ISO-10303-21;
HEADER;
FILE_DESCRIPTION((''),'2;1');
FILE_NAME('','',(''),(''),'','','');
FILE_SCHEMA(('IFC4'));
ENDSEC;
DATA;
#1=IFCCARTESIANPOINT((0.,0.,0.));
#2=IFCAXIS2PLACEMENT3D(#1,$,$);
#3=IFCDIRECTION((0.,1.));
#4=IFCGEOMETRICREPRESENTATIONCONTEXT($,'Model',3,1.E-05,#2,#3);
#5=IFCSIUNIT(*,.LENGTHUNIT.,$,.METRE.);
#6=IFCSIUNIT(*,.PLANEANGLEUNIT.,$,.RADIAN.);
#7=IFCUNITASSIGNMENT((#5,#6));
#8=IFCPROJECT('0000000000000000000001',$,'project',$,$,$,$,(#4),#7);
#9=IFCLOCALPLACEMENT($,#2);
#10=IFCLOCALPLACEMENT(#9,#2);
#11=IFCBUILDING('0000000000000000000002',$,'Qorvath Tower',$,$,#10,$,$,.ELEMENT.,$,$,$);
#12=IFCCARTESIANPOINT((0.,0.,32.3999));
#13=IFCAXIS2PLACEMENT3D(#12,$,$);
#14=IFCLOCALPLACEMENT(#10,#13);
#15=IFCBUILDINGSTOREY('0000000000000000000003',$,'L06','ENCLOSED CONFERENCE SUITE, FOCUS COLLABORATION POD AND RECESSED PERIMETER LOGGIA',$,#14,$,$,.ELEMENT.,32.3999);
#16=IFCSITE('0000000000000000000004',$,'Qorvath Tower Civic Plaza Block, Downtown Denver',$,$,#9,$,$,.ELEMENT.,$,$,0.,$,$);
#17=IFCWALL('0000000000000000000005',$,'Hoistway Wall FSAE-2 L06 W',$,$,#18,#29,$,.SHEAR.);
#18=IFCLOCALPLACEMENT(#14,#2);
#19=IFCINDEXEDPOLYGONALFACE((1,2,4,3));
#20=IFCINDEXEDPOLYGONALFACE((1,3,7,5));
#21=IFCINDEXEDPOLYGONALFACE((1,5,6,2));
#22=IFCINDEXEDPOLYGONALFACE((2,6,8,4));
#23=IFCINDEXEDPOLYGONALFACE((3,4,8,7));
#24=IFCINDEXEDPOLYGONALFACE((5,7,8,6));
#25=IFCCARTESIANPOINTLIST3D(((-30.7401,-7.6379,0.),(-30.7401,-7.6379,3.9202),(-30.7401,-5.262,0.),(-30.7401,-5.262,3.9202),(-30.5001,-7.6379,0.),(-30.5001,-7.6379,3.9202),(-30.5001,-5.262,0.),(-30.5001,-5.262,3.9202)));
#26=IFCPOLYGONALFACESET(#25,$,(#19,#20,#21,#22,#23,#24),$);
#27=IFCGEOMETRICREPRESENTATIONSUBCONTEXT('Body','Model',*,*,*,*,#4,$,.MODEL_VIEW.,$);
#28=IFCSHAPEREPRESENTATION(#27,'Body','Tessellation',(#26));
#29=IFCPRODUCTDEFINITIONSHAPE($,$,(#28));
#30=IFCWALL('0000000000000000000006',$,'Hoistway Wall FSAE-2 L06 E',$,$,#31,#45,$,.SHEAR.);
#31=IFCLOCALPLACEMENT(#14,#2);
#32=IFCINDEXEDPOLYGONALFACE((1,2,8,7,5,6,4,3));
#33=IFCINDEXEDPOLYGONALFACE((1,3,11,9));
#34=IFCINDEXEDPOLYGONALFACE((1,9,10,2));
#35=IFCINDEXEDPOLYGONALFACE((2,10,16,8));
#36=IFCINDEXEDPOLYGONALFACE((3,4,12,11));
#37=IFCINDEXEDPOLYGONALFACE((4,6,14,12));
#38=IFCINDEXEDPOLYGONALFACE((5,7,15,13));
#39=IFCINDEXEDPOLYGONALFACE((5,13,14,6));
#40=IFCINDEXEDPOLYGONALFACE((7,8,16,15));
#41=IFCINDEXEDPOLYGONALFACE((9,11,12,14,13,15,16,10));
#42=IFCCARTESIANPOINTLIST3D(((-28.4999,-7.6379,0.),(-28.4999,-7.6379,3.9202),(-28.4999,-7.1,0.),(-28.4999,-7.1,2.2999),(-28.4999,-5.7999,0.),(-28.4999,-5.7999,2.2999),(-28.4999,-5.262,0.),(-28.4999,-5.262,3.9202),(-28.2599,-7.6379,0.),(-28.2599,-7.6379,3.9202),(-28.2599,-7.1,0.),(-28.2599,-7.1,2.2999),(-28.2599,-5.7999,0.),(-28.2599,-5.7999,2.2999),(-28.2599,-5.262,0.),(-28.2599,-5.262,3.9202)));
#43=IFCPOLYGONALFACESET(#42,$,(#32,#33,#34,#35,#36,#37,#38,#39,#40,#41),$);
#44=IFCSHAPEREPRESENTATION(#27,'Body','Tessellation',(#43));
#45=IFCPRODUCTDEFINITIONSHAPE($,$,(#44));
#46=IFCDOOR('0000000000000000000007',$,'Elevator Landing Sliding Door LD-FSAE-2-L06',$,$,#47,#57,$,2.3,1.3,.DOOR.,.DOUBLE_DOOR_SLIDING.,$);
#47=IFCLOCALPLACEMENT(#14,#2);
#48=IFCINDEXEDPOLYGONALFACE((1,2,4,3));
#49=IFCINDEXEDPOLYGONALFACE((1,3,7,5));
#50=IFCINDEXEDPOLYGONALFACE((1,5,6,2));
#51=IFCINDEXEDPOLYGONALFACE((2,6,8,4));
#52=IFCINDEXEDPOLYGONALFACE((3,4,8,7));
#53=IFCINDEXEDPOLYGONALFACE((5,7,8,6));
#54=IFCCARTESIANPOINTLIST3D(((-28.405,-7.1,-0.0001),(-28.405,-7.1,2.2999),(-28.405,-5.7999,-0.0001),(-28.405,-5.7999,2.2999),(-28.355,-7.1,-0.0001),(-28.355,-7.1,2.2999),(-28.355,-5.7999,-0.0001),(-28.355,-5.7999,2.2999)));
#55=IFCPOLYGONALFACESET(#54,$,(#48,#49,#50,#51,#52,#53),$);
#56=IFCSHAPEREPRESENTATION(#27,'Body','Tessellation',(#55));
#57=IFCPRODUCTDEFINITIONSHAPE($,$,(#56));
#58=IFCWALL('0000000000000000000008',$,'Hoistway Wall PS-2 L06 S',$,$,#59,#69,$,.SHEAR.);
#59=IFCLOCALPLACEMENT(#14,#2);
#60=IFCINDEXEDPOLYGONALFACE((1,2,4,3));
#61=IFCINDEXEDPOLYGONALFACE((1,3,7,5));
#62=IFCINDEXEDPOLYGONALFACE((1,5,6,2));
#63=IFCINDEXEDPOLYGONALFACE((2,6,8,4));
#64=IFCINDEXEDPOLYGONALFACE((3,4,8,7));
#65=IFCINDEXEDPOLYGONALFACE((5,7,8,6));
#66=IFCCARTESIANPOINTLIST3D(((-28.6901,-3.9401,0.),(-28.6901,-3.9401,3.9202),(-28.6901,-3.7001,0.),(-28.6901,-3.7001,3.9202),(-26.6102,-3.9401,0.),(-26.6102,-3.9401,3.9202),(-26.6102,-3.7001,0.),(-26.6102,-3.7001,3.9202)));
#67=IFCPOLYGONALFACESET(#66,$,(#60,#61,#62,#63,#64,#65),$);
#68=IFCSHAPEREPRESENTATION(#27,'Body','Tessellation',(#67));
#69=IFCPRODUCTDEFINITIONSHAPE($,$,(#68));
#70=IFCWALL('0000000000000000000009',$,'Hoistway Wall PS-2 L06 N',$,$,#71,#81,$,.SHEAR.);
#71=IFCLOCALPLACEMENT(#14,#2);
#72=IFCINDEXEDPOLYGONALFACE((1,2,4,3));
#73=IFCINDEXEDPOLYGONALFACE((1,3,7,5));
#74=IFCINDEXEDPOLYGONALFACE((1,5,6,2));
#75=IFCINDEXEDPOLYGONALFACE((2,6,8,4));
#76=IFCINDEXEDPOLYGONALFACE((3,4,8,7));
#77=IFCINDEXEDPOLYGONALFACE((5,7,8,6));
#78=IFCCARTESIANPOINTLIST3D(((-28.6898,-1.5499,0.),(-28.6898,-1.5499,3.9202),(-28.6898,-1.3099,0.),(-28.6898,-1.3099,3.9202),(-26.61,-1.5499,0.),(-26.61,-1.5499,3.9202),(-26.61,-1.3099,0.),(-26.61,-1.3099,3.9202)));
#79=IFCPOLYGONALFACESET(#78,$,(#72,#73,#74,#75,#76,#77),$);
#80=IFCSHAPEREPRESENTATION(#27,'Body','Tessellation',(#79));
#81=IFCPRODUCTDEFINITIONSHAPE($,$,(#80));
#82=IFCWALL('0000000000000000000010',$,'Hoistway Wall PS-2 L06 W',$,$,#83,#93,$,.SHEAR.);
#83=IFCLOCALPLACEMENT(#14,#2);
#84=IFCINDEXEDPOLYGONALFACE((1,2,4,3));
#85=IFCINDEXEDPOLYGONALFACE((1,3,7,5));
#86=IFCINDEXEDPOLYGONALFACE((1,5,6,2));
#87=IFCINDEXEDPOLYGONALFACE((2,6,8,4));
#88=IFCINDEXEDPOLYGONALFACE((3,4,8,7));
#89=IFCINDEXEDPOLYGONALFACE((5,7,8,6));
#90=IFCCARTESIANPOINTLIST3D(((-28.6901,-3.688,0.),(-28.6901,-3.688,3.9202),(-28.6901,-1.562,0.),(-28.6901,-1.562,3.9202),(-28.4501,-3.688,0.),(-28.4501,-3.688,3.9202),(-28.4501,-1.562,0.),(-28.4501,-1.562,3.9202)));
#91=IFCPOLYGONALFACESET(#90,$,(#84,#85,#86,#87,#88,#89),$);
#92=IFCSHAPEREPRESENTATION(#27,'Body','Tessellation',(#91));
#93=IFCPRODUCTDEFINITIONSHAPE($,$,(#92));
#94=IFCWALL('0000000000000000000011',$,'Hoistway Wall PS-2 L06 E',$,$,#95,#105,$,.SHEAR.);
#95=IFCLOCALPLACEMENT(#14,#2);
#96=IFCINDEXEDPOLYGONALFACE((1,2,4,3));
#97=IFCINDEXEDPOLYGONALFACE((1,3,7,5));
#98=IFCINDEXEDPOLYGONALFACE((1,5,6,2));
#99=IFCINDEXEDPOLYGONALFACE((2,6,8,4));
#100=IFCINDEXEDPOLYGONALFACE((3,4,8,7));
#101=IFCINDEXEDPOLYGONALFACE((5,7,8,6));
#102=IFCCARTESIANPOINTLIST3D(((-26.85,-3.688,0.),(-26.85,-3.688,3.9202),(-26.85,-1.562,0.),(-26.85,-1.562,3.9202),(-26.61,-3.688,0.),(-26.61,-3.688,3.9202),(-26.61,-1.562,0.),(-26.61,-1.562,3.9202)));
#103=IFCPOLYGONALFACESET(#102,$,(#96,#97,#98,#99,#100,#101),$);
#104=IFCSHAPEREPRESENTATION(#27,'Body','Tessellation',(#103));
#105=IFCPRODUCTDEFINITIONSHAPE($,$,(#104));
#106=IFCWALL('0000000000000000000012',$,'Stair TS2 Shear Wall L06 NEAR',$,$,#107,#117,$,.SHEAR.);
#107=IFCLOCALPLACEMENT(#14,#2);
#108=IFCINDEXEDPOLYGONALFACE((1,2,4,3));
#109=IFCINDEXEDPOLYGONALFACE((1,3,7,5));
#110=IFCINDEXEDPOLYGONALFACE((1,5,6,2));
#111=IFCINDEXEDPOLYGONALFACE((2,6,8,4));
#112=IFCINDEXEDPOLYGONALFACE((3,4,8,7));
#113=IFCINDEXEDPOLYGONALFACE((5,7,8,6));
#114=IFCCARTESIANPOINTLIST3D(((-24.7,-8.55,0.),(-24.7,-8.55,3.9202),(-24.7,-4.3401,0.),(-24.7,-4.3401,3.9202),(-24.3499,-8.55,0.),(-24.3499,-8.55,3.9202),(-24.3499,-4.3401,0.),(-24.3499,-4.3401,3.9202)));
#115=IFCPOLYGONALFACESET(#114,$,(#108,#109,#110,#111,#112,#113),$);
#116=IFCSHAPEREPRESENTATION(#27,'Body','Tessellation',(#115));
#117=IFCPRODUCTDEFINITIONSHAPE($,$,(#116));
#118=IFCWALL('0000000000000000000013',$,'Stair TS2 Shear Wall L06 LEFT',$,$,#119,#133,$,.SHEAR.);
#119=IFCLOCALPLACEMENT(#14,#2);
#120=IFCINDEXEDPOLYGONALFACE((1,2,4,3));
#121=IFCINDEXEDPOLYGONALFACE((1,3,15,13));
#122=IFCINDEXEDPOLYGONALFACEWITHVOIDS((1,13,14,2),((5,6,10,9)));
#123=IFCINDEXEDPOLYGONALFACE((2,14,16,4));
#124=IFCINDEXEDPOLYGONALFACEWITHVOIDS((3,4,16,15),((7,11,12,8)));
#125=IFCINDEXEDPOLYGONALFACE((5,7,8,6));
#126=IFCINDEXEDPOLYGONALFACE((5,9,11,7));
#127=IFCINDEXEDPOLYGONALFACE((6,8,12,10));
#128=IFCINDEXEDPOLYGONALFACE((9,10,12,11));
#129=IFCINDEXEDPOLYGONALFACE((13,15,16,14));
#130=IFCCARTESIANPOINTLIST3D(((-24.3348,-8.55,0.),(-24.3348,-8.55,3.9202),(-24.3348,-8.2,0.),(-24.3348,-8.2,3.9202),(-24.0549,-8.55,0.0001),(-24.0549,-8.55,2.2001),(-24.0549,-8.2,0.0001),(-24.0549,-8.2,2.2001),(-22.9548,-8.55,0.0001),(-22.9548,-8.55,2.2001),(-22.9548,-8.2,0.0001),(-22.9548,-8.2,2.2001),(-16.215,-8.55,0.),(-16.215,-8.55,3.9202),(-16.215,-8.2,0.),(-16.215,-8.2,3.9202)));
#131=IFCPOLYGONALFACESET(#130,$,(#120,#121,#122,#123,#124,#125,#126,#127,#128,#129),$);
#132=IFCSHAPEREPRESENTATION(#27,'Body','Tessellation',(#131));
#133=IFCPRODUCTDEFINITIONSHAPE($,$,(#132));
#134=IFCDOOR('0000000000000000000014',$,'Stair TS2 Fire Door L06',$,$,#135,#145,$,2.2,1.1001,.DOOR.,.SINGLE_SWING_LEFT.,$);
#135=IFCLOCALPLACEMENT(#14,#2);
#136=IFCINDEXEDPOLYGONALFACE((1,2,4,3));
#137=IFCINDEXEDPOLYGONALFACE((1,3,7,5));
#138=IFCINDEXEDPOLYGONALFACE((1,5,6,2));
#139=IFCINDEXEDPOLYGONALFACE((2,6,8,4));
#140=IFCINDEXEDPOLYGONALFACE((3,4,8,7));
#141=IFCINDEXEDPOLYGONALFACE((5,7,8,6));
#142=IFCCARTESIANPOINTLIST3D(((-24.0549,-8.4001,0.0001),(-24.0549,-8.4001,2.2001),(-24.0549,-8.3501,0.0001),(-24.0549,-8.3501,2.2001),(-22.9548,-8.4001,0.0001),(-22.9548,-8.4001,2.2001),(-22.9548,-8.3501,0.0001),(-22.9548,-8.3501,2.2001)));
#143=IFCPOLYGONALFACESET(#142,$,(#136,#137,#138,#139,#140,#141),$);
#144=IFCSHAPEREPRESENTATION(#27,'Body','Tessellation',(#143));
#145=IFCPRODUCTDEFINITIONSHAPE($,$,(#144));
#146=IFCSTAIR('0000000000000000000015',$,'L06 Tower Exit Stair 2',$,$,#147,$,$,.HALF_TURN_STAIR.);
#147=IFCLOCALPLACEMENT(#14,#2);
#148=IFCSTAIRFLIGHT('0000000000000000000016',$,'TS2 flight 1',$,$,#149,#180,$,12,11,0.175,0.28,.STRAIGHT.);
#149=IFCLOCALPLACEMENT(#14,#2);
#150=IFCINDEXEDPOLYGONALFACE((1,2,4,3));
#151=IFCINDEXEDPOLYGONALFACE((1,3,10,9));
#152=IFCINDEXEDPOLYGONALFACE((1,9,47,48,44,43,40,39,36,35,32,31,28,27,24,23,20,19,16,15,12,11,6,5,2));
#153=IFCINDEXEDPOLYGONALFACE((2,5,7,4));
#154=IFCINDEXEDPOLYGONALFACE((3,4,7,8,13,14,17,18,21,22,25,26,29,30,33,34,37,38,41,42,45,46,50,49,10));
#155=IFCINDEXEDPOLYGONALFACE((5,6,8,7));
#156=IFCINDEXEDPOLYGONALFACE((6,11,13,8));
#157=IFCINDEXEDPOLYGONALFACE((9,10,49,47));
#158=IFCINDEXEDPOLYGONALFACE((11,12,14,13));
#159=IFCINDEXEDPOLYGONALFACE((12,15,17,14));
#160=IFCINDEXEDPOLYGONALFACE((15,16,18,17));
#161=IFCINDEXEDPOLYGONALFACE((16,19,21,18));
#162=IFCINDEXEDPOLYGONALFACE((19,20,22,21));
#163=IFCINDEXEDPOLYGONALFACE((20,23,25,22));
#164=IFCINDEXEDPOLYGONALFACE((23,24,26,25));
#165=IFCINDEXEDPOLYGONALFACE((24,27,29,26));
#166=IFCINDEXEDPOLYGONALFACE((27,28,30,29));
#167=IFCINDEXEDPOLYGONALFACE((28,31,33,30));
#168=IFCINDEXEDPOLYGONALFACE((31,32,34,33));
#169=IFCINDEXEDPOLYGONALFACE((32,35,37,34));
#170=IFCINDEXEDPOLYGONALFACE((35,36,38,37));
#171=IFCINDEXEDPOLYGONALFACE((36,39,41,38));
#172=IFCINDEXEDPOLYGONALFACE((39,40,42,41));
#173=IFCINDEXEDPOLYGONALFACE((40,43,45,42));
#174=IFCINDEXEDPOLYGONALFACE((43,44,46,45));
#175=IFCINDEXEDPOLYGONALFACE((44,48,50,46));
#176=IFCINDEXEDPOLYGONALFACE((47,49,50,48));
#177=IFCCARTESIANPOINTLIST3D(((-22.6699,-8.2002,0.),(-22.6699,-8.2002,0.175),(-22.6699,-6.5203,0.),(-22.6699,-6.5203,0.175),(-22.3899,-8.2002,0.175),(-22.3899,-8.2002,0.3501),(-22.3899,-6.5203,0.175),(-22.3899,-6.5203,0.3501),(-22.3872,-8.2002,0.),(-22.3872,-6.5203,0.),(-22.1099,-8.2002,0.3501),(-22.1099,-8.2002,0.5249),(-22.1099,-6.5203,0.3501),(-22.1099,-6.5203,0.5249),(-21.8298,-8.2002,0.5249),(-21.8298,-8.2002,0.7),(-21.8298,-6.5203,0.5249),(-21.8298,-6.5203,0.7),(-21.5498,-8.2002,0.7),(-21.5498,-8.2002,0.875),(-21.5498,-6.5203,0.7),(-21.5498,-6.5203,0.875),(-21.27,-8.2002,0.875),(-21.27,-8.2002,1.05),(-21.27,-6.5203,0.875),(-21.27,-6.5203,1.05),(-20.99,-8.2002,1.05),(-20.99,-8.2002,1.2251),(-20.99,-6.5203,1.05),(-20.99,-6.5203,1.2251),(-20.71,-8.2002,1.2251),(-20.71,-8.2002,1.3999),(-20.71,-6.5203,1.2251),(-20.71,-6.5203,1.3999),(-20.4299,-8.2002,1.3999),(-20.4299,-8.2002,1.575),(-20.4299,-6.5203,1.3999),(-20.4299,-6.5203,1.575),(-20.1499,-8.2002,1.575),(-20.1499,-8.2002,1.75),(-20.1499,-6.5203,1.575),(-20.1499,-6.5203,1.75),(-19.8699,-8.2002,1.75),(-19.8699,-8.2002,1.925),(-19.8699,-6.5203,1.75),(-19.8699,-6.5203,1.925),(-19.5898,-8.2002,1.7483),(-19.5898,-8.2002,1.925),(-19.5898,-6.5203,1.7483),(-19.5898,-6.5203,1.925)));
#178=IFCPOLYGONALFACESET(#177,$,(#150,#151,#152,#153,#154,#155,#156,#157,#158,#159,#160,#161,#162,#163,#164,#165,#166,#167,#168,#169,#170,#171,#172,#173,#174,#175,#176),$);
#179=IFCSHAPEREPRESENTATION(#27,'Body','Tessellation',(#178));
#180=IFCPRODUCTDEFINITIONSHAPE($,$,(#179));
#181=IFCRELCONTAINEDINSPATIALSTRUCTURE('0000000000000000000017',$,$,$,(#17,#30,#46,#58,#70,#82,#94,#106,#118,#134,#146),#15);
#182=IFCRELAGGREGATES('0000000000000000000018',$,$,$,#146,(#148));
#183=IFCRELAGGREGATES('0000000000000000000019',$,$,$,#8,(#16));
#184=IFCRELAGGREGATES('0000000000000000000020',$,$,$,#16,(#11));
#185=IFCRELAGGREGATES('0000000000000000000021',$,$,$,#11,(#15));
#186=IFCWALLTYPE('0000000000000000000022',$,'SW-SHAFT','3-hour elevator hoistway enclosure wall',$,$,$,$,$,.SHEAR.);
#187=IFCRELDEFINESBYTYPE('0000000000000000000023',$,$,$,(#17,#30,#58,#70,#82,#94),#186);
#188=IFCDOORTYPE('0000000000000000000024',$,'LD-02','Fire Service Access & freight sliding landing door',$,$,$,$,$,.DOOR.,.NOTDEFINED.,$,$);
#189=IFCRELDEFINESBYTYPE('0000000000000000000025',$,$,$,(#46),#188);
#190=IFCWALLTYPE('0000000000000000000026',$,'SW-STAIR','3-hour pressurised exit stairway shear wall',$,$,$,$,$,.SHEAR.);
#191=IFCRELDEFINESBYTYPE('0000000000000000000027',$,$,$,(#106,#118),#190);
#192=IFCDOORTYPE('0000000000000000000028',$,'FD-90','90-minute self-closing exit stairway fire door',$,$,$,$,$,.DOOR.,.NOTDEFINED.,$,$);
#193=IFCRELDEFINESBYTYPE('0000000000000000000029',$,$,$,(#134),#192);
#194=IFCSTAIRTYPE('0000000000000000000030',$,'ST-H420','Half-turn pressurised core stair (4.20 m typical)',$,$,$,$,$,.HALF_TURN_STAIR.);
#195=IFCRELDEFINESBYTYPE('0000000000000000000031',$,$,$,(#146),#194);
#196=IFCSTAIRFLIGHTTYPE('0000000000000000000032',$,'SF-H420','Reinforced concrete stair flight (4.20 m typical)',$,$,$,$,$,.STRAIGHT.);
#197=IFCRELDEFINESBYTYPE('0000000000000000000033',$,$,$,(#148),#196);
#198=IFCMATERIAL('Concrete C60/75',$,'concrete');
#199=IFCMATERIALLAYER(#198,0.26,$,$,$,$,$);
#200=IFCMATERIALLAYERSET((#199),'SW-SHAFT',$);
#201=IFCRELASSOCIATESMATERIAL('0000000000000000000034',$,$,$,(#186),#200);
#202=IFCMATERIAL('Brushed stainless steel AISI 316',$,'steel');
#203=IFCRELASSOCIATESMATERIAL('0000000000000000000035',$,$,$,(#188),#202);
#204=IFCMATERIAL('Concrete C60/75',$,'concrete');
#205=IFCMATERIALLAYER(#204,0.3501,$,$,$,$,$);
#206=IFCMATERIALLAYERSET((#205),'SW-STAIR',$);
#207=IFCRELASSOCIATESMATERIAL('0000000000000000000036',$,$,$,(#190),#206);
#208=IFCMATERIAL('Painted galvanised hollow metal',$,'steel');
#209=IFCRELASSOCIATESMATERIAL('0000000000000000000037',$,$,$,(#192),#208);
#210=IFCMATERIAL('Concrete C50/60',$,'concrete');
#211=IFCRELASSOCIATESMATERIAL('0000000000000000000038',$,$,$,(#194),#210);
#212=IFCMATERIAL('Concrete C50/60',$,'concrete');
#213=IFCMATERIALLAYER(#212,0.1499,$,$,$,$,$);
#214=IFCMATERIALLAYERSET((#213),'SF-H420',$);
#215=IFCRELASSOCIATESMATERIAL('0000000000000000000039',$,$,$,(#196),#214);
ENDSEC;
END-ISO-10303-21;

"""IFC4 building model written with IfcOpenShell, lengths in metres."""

from ifc_helpers import new_model, si_unit, direction, frame, frame_2d, origin, place, context, subcontext, project, spatial, polyline, rectangle, outline, extrude, material, layer, layer_set, type_object, element, fill, aggregate, save


model = new_model("IFC4")

# Units and contexts
model_context = context("Model", 3, precision=1e-05, world=origin(), true_north=direction((0.0, 1.0)))
body_context = subcontext(model_context, "Body", "Model", "MODEL_VIEW")
ifc_project = project(units=[si_unit("LENGTHUNIT", "METRE"), si_unit("PLANEANGLEUNIT", "RADIAN")], contexts=[model_context])

# Site, building, storey
site_placement = place(None, origin())
site = spatial("IfcSite", under=ifc_project, at=site_placement, Name="Qorvath Tower Civic Plaza Block, Downtown Denver", CompositionType="ELEMENT", RefElevation=0.0)
building_placement = place(site_placement, origin())
building = spatial("IfcBuilding", under=site, at=building_placement, Name="Qorvath Tower", CompositionType="ELEMENT")
storey_placement = place(building_placement, frame((0.0, 0.0, 32.3999)))
storey = spatial("IfcBuildingStorey", under=building, at=storey_placement, Name="L06", Description="ENCLOSED CONFERENCE SUITE, FOCUS COLLABORATION POD AND RECESSED PERIMETER LOGGIA", CompositionType="ELEMENT", Elevation=32.3999)

# Wall
ifc_material_1 = material(Name="Concrete C60/75", Category="concrete")
ifc_layer_1 = layer(ifc_material_1, 0.26)
ifc_layer_set_1 = layer_set([ifc_layer_1], Name="SW-SHAFT")
wall_type_1 = type_object("IfcWallType", Name="SW-SHAFT", Description="3-hour elevator hoistway enclosure wall", PredefinedType="SHEAR", material=ifc_layer_set_1)
wall_1_placement = place(storey_placement, frame((-30.6201, -7.6379, 0.0), z_axis=(0.0, 0.0, 1.0), x_axis=(0.0, 1.0, 0.0)))
element("IfcWall", 1, at=wall_1_placement, inside=storey, type_object=wall_type_1, Name="Hoistway Wall FSAE-2 L06 W", PredefinedType="SHEAR", context=body_context, shape_type="SweptSolid", body=[
    extrude(rectangle(XDim=2.376, YDim=0.24, at=frame_2d((1.188, 0.0))), origin(), (0.0, 0.0, 1.0), 3.9202),
])

# Wall, opening, door
wall_2_placement = place(storey_placement, frame((-28.3799, -5.262, 0.0), z_axis=(0.0, 0.0, 1.0), x_axis=(0.0, -1.0, 0.0)))
wall_2 = element("IfcWall", 2, at=wall_2_placement, inside=storey, type_object=wall_type_1, Name="Hoistway Wall FSAE-2 L06 E", PredefinedType="SHEAR", context=body_context, shape_type="SweptSolid", body=[
    extrude(rectangle(XDim=2.376, YDim=0.24, at=frame_2d((1.188, 0.0))), origin(), (0.0, 0.0, 1.0), 3.9202),
])
opening_1_placement = place(wall_2_placement, frame((0.5381, 0.0, 0.0)))
opening_1 = element("IfcOpeningElement", 3, at=opening_1_placement, cuts=wall_2, PredefinedType="OPENING", context=body_context, shape_type="SweptSolid", body=[
    extrude(rectangle(XDim=1.3, YDim=2.3, at=frame_2d((0.6499, 1.1499))), frame((0.0, 0.1299, 0.0), z_axis=(0.0, -1.0, 0.0), x_axis=(1.0, 0.0, 0.0)), (0.0, 0.0, 1.0), 0.26),
])
ifc_material_2 = material(Name="Brushed stainless steel AISI 316", Category="steel")
door_type_1 = type_object("IfcDoorType", Name="LD-02", Description="Fire Service Access & freight sliding landing door", OperationType="NOTDEFINED", PredefinedType="DOOR", material=ifc_material_2)
door_1_placement = place(opening_1_placement, origin())
door_1 = element("IfcDoor", 4, at=door_1_placement, inside=storey, type_object=door_type_1, Name="Elevator Landing Sliding Door LD-FSAE-2-L06", OperationType="DOUBLE_DOOR_SLIDING", OverallHeight=2.3, OverallWidth=1.3, PredefinedType="DOOR", context=body_context, shape_type="SweptSolid", body=[
    extrude(rectangle(XDim=1.3, YDim=2.3, at=frame_2d((0.6499, 1.1499))), frame((0.0, 0.0249, 0.0), z_axis=(0.0, -1.0, 0.0), x_axis=(1.0, 0.0, 0.0)), (0.0, 0.0, 1.0), 0.05),
])
fill(opening_1, door_1)

# Walls
for number, where, z_axis, x_axis, name in (
    (5, (-26.6101, -3.8201, 0.0), (0.0, 0.0, 1.0), (-1.0, 0.0, 0.0), "Hoistway Wall PS-2 L06 S"),
    (6, (-28.6899, -1.4299, 0.0), (0.0, 0.0, 1.0), (1.0, 0.0, 0.0), "Hoistway Wall PS-2 L06 N"),
):
    element("IfcWall", number, at=place(storey_placement, frame(where, z_axis=z_axis, x_axis=x_axis)), inside=storey, type_object=wall_type_1, Name=name, PredefinedType="SHEAR", context=body_context, shape_type="SweptSolid", body=[
        extrude(rectangle(XDim=2.0798, YDim=0.24, at=frame_2d((1.04, 0.0))), origin(), (0.0, 0.0, 1.0), 3.9202),
    ])
for number, where, z_axis, x_axis, name in (
    (7, (-28.5701, -3.688, 0.0), (0.0, 0.0, 1.0), (0.0, 1.0, 0.0), "Hoistway Wall PS-2 L06 W"),
    (8, (-26.73, -1.562, 0.0), (0.0, 0.0, 1.0), (0.0, -1.0, 0.0), "Hoistway Wall PS-2 L06 E"),
):
    element("IfcWall", number, at=place(storey_placement, frame(where, z_axis=z_axis, x_axis=x_axis)), inside=storey, type_object=wall_type_1, Name=name, PredefinedType="SHEAR", context=body_context, shape_type="SweptSolid", body=[
        extrude(rectangle(XDim=2.126, YDim=0.24, at=frame_2d((1.063, 0.0))), origin(), (0.0, 0.0, 1.0), 3.9202),
    ])
ifc_material_3 = material(Name="Concrete C60/75", Category="concrete")
ifc_layer_2 = layer(ifc_material_3, 0.3501)
ifc_layer_set_2 = layer_set([ifc_layer_2], Name="SW-STAIR")
wall_type_2 = type_object("IfcWallType", Name="SW-STAIR", Description="3-hour pressurised exit stairway shear wall", PredefinedType="SHEAR", material=ifc_layer_set_2)
wall_3_placement = place(storey_placement, frame((-24.5249, -4.3401, 0.0), z_axis=(0.0, 0.0, 1.0), x_axis=(0.0, -1.0, 0.0)))
element("IfcWall", 9, at=wall_3_placement, inside=storey, type_object=wall_type_2, Name="Stair TS2 Shear Wall L06 NEAR", PredefinedType="SHEAR", context=body_context, shape_type="SweptSolid", body=[
    extrude(rectangle(XDim=4.21, YDim=0.3501, at=frame_2d((2.105, 0.0))), origin(), (0.0, 0.0, 1.0), 3.9202),
])

# Wall, opening, door
wall_4_placement = place(storey_placement, frame((-24.335, -8.375, 0.0), z_axis=(0.0, 0.0, 1.0), x_axis=(1.0, 0.0, 0.0)))
wall_4 = element("IfcWall", 10, at=wall_4_placement, inside=storey, type_object=wall_type_2, Name="Stair TS2 Shear Wall L06 LEFT", PredefinedType="SHEAR", context=body_context, shape_type="SweptSolid", body=[
    extrude(rectangle(XDim=8.1199, YDim=0.3501, at=frame_2d((4.0601, 0.0))), origin(), (0.0, 0.0, 1.0), 3.9202),
])
opening_2_placement = place(wall_4_placement, frame((0.28, 0.0, 0.0)))
opening_2 = element("IfcOpeningElement", 11, at=opening_2_placement, cuts=wall_4, PredefinedType="OPENING", context=body_context, shape_type="SweptSolid", body=[
    extrude(rectangle(XDim=1.1001, YDim=2.2, at=frame_2d((0.55, 1.1001))), frame((0.0, 0.1851, 0.0), z_axis=(0.0, -1.0, 0.0), x_axis=(1.0, 0.0, 0.0)), (0.0, 0.0, 1.0), 0.3701),
])
ifc_material_4 = material(Name="Painted galvanised hollow metal", Category="steel")
door_type_2 = type_object("IfcDoorType", Name="FD-90", Description="90-minute self-closing exit stairway fire door", OperationType="NOTDEFINED", PredefinedType="DOOR", material=ifc_material_4)
door_2_placement = place(opening_2_placement, origin())
door_2 = element("IfcDoor", 12, at=door_2_placement, inside=storey, type_object=door_type_2, Name="Stair TS2 Fire Door L06", OperationType="SINGLE_SWING_LEFT", OverallHeight=2.2, OverallWidth=1.1001, PredefinedType="DOOR", context=body_context, shape_type="SweptSolid", body=[
    extrude(rectangle(XDim=1.1001, YDim=2.2, at=frame_2d((0.55, 1.1001))), frame((0.0, 0.0249, 0.0), z_axis=(0.0, -1.0, 0.0), x_axis=(1.0, 0.0, 0.0)), (0.0, 0.0, 1.0), 0.05),
])
fill(opening_2, door_2)

# Stair, stair flight
ifc_material_5 = material(Name="Concrete C50/60", Category="concrete")
stair_type = type_object("IfcStairType", Name="ST-H420", Description="Half-turn pressurised core stair (4.20 m typical)", PredefinedType="HALF_TURN_STAIR", material=ifc_material_5)
stair_placement = place(storey_placement, origin())
stair = element("IfcStair", 13, at=stair_placement, inside=storey, type_object=stair_type, Name="L06 Tower Exit Stair 2", PredefinedType="HALF_TURN_STAIR")
ifc_material_6 = material(Name="Concrete C50/60", Category="concrete")
ifc_layer_3 = layer(ifc_material_6, 0.1499)
ifc_layer_set_3 = layer_set([ifc_layer_3], Name="SF-H420")
stair_flight_type = type_object("IfcStairFlightType", Name="SF-H420", Description="Reinforced concrete stair flight (4.20 m typical)", PredefinedType="STRAIGHT", material=ifc_layer_set_3)
stair_flight_placement = place(storey_placement, frame((-22.6699, -7.3601, 0.0), z_axis=(0.0, 0.0, 1.0), x_axis=(1.0, 0.0, 0.0)))
stair_flight = element("IfcStairFlight", 14, at=stair_flight_placement, type_object=stair_flight_type, Name="TS2 flight 1", NumberOfRisers=12, NumberOfTreads=11, PredefinedType="STRAIGHT", RiserHeight=0.175, TreadLength=0.28, context=body_context, shape_type="SweptSolid", body=[
    extrude(outline(polyline([(0.0, 0.0), (0.0, 0.175), (0.28, 0.175), (0.28, 0.3501), (0.5601, 0.3501), (0.5601, 0.5249), (0.8401, 0.5249), (0.8401, 0.7), (1.1201, 0.7), (1.1201, 0.875), (1.3999, 0.875), (1.3999, 1.05), (1.6799, 1.05), (1.6799, 1.2251), (1.96, 1.2251), (1.96, 1.3999), (2.24, 1.3999), (2.24, 1.575), (2.52, 1.575), (2.52, 1.75), (2.8, 1.75), (2.8, 1.925), (3.0801, 1.925), (3.0801, 2.1001), (3.0801, 1.7483), (0.2827, 0.0), (0.0, 0.0)])), frame((0.0, 0.8398, 0.0), z_axis=(0.0, -1.0, 0.0), x_axis=(1.0, 0.0, 0.0)), (0.0, 0.0, 1.0), 1.6799),
])
aggregate(stair, [stair_flight])

save(model, "model.ifc")
